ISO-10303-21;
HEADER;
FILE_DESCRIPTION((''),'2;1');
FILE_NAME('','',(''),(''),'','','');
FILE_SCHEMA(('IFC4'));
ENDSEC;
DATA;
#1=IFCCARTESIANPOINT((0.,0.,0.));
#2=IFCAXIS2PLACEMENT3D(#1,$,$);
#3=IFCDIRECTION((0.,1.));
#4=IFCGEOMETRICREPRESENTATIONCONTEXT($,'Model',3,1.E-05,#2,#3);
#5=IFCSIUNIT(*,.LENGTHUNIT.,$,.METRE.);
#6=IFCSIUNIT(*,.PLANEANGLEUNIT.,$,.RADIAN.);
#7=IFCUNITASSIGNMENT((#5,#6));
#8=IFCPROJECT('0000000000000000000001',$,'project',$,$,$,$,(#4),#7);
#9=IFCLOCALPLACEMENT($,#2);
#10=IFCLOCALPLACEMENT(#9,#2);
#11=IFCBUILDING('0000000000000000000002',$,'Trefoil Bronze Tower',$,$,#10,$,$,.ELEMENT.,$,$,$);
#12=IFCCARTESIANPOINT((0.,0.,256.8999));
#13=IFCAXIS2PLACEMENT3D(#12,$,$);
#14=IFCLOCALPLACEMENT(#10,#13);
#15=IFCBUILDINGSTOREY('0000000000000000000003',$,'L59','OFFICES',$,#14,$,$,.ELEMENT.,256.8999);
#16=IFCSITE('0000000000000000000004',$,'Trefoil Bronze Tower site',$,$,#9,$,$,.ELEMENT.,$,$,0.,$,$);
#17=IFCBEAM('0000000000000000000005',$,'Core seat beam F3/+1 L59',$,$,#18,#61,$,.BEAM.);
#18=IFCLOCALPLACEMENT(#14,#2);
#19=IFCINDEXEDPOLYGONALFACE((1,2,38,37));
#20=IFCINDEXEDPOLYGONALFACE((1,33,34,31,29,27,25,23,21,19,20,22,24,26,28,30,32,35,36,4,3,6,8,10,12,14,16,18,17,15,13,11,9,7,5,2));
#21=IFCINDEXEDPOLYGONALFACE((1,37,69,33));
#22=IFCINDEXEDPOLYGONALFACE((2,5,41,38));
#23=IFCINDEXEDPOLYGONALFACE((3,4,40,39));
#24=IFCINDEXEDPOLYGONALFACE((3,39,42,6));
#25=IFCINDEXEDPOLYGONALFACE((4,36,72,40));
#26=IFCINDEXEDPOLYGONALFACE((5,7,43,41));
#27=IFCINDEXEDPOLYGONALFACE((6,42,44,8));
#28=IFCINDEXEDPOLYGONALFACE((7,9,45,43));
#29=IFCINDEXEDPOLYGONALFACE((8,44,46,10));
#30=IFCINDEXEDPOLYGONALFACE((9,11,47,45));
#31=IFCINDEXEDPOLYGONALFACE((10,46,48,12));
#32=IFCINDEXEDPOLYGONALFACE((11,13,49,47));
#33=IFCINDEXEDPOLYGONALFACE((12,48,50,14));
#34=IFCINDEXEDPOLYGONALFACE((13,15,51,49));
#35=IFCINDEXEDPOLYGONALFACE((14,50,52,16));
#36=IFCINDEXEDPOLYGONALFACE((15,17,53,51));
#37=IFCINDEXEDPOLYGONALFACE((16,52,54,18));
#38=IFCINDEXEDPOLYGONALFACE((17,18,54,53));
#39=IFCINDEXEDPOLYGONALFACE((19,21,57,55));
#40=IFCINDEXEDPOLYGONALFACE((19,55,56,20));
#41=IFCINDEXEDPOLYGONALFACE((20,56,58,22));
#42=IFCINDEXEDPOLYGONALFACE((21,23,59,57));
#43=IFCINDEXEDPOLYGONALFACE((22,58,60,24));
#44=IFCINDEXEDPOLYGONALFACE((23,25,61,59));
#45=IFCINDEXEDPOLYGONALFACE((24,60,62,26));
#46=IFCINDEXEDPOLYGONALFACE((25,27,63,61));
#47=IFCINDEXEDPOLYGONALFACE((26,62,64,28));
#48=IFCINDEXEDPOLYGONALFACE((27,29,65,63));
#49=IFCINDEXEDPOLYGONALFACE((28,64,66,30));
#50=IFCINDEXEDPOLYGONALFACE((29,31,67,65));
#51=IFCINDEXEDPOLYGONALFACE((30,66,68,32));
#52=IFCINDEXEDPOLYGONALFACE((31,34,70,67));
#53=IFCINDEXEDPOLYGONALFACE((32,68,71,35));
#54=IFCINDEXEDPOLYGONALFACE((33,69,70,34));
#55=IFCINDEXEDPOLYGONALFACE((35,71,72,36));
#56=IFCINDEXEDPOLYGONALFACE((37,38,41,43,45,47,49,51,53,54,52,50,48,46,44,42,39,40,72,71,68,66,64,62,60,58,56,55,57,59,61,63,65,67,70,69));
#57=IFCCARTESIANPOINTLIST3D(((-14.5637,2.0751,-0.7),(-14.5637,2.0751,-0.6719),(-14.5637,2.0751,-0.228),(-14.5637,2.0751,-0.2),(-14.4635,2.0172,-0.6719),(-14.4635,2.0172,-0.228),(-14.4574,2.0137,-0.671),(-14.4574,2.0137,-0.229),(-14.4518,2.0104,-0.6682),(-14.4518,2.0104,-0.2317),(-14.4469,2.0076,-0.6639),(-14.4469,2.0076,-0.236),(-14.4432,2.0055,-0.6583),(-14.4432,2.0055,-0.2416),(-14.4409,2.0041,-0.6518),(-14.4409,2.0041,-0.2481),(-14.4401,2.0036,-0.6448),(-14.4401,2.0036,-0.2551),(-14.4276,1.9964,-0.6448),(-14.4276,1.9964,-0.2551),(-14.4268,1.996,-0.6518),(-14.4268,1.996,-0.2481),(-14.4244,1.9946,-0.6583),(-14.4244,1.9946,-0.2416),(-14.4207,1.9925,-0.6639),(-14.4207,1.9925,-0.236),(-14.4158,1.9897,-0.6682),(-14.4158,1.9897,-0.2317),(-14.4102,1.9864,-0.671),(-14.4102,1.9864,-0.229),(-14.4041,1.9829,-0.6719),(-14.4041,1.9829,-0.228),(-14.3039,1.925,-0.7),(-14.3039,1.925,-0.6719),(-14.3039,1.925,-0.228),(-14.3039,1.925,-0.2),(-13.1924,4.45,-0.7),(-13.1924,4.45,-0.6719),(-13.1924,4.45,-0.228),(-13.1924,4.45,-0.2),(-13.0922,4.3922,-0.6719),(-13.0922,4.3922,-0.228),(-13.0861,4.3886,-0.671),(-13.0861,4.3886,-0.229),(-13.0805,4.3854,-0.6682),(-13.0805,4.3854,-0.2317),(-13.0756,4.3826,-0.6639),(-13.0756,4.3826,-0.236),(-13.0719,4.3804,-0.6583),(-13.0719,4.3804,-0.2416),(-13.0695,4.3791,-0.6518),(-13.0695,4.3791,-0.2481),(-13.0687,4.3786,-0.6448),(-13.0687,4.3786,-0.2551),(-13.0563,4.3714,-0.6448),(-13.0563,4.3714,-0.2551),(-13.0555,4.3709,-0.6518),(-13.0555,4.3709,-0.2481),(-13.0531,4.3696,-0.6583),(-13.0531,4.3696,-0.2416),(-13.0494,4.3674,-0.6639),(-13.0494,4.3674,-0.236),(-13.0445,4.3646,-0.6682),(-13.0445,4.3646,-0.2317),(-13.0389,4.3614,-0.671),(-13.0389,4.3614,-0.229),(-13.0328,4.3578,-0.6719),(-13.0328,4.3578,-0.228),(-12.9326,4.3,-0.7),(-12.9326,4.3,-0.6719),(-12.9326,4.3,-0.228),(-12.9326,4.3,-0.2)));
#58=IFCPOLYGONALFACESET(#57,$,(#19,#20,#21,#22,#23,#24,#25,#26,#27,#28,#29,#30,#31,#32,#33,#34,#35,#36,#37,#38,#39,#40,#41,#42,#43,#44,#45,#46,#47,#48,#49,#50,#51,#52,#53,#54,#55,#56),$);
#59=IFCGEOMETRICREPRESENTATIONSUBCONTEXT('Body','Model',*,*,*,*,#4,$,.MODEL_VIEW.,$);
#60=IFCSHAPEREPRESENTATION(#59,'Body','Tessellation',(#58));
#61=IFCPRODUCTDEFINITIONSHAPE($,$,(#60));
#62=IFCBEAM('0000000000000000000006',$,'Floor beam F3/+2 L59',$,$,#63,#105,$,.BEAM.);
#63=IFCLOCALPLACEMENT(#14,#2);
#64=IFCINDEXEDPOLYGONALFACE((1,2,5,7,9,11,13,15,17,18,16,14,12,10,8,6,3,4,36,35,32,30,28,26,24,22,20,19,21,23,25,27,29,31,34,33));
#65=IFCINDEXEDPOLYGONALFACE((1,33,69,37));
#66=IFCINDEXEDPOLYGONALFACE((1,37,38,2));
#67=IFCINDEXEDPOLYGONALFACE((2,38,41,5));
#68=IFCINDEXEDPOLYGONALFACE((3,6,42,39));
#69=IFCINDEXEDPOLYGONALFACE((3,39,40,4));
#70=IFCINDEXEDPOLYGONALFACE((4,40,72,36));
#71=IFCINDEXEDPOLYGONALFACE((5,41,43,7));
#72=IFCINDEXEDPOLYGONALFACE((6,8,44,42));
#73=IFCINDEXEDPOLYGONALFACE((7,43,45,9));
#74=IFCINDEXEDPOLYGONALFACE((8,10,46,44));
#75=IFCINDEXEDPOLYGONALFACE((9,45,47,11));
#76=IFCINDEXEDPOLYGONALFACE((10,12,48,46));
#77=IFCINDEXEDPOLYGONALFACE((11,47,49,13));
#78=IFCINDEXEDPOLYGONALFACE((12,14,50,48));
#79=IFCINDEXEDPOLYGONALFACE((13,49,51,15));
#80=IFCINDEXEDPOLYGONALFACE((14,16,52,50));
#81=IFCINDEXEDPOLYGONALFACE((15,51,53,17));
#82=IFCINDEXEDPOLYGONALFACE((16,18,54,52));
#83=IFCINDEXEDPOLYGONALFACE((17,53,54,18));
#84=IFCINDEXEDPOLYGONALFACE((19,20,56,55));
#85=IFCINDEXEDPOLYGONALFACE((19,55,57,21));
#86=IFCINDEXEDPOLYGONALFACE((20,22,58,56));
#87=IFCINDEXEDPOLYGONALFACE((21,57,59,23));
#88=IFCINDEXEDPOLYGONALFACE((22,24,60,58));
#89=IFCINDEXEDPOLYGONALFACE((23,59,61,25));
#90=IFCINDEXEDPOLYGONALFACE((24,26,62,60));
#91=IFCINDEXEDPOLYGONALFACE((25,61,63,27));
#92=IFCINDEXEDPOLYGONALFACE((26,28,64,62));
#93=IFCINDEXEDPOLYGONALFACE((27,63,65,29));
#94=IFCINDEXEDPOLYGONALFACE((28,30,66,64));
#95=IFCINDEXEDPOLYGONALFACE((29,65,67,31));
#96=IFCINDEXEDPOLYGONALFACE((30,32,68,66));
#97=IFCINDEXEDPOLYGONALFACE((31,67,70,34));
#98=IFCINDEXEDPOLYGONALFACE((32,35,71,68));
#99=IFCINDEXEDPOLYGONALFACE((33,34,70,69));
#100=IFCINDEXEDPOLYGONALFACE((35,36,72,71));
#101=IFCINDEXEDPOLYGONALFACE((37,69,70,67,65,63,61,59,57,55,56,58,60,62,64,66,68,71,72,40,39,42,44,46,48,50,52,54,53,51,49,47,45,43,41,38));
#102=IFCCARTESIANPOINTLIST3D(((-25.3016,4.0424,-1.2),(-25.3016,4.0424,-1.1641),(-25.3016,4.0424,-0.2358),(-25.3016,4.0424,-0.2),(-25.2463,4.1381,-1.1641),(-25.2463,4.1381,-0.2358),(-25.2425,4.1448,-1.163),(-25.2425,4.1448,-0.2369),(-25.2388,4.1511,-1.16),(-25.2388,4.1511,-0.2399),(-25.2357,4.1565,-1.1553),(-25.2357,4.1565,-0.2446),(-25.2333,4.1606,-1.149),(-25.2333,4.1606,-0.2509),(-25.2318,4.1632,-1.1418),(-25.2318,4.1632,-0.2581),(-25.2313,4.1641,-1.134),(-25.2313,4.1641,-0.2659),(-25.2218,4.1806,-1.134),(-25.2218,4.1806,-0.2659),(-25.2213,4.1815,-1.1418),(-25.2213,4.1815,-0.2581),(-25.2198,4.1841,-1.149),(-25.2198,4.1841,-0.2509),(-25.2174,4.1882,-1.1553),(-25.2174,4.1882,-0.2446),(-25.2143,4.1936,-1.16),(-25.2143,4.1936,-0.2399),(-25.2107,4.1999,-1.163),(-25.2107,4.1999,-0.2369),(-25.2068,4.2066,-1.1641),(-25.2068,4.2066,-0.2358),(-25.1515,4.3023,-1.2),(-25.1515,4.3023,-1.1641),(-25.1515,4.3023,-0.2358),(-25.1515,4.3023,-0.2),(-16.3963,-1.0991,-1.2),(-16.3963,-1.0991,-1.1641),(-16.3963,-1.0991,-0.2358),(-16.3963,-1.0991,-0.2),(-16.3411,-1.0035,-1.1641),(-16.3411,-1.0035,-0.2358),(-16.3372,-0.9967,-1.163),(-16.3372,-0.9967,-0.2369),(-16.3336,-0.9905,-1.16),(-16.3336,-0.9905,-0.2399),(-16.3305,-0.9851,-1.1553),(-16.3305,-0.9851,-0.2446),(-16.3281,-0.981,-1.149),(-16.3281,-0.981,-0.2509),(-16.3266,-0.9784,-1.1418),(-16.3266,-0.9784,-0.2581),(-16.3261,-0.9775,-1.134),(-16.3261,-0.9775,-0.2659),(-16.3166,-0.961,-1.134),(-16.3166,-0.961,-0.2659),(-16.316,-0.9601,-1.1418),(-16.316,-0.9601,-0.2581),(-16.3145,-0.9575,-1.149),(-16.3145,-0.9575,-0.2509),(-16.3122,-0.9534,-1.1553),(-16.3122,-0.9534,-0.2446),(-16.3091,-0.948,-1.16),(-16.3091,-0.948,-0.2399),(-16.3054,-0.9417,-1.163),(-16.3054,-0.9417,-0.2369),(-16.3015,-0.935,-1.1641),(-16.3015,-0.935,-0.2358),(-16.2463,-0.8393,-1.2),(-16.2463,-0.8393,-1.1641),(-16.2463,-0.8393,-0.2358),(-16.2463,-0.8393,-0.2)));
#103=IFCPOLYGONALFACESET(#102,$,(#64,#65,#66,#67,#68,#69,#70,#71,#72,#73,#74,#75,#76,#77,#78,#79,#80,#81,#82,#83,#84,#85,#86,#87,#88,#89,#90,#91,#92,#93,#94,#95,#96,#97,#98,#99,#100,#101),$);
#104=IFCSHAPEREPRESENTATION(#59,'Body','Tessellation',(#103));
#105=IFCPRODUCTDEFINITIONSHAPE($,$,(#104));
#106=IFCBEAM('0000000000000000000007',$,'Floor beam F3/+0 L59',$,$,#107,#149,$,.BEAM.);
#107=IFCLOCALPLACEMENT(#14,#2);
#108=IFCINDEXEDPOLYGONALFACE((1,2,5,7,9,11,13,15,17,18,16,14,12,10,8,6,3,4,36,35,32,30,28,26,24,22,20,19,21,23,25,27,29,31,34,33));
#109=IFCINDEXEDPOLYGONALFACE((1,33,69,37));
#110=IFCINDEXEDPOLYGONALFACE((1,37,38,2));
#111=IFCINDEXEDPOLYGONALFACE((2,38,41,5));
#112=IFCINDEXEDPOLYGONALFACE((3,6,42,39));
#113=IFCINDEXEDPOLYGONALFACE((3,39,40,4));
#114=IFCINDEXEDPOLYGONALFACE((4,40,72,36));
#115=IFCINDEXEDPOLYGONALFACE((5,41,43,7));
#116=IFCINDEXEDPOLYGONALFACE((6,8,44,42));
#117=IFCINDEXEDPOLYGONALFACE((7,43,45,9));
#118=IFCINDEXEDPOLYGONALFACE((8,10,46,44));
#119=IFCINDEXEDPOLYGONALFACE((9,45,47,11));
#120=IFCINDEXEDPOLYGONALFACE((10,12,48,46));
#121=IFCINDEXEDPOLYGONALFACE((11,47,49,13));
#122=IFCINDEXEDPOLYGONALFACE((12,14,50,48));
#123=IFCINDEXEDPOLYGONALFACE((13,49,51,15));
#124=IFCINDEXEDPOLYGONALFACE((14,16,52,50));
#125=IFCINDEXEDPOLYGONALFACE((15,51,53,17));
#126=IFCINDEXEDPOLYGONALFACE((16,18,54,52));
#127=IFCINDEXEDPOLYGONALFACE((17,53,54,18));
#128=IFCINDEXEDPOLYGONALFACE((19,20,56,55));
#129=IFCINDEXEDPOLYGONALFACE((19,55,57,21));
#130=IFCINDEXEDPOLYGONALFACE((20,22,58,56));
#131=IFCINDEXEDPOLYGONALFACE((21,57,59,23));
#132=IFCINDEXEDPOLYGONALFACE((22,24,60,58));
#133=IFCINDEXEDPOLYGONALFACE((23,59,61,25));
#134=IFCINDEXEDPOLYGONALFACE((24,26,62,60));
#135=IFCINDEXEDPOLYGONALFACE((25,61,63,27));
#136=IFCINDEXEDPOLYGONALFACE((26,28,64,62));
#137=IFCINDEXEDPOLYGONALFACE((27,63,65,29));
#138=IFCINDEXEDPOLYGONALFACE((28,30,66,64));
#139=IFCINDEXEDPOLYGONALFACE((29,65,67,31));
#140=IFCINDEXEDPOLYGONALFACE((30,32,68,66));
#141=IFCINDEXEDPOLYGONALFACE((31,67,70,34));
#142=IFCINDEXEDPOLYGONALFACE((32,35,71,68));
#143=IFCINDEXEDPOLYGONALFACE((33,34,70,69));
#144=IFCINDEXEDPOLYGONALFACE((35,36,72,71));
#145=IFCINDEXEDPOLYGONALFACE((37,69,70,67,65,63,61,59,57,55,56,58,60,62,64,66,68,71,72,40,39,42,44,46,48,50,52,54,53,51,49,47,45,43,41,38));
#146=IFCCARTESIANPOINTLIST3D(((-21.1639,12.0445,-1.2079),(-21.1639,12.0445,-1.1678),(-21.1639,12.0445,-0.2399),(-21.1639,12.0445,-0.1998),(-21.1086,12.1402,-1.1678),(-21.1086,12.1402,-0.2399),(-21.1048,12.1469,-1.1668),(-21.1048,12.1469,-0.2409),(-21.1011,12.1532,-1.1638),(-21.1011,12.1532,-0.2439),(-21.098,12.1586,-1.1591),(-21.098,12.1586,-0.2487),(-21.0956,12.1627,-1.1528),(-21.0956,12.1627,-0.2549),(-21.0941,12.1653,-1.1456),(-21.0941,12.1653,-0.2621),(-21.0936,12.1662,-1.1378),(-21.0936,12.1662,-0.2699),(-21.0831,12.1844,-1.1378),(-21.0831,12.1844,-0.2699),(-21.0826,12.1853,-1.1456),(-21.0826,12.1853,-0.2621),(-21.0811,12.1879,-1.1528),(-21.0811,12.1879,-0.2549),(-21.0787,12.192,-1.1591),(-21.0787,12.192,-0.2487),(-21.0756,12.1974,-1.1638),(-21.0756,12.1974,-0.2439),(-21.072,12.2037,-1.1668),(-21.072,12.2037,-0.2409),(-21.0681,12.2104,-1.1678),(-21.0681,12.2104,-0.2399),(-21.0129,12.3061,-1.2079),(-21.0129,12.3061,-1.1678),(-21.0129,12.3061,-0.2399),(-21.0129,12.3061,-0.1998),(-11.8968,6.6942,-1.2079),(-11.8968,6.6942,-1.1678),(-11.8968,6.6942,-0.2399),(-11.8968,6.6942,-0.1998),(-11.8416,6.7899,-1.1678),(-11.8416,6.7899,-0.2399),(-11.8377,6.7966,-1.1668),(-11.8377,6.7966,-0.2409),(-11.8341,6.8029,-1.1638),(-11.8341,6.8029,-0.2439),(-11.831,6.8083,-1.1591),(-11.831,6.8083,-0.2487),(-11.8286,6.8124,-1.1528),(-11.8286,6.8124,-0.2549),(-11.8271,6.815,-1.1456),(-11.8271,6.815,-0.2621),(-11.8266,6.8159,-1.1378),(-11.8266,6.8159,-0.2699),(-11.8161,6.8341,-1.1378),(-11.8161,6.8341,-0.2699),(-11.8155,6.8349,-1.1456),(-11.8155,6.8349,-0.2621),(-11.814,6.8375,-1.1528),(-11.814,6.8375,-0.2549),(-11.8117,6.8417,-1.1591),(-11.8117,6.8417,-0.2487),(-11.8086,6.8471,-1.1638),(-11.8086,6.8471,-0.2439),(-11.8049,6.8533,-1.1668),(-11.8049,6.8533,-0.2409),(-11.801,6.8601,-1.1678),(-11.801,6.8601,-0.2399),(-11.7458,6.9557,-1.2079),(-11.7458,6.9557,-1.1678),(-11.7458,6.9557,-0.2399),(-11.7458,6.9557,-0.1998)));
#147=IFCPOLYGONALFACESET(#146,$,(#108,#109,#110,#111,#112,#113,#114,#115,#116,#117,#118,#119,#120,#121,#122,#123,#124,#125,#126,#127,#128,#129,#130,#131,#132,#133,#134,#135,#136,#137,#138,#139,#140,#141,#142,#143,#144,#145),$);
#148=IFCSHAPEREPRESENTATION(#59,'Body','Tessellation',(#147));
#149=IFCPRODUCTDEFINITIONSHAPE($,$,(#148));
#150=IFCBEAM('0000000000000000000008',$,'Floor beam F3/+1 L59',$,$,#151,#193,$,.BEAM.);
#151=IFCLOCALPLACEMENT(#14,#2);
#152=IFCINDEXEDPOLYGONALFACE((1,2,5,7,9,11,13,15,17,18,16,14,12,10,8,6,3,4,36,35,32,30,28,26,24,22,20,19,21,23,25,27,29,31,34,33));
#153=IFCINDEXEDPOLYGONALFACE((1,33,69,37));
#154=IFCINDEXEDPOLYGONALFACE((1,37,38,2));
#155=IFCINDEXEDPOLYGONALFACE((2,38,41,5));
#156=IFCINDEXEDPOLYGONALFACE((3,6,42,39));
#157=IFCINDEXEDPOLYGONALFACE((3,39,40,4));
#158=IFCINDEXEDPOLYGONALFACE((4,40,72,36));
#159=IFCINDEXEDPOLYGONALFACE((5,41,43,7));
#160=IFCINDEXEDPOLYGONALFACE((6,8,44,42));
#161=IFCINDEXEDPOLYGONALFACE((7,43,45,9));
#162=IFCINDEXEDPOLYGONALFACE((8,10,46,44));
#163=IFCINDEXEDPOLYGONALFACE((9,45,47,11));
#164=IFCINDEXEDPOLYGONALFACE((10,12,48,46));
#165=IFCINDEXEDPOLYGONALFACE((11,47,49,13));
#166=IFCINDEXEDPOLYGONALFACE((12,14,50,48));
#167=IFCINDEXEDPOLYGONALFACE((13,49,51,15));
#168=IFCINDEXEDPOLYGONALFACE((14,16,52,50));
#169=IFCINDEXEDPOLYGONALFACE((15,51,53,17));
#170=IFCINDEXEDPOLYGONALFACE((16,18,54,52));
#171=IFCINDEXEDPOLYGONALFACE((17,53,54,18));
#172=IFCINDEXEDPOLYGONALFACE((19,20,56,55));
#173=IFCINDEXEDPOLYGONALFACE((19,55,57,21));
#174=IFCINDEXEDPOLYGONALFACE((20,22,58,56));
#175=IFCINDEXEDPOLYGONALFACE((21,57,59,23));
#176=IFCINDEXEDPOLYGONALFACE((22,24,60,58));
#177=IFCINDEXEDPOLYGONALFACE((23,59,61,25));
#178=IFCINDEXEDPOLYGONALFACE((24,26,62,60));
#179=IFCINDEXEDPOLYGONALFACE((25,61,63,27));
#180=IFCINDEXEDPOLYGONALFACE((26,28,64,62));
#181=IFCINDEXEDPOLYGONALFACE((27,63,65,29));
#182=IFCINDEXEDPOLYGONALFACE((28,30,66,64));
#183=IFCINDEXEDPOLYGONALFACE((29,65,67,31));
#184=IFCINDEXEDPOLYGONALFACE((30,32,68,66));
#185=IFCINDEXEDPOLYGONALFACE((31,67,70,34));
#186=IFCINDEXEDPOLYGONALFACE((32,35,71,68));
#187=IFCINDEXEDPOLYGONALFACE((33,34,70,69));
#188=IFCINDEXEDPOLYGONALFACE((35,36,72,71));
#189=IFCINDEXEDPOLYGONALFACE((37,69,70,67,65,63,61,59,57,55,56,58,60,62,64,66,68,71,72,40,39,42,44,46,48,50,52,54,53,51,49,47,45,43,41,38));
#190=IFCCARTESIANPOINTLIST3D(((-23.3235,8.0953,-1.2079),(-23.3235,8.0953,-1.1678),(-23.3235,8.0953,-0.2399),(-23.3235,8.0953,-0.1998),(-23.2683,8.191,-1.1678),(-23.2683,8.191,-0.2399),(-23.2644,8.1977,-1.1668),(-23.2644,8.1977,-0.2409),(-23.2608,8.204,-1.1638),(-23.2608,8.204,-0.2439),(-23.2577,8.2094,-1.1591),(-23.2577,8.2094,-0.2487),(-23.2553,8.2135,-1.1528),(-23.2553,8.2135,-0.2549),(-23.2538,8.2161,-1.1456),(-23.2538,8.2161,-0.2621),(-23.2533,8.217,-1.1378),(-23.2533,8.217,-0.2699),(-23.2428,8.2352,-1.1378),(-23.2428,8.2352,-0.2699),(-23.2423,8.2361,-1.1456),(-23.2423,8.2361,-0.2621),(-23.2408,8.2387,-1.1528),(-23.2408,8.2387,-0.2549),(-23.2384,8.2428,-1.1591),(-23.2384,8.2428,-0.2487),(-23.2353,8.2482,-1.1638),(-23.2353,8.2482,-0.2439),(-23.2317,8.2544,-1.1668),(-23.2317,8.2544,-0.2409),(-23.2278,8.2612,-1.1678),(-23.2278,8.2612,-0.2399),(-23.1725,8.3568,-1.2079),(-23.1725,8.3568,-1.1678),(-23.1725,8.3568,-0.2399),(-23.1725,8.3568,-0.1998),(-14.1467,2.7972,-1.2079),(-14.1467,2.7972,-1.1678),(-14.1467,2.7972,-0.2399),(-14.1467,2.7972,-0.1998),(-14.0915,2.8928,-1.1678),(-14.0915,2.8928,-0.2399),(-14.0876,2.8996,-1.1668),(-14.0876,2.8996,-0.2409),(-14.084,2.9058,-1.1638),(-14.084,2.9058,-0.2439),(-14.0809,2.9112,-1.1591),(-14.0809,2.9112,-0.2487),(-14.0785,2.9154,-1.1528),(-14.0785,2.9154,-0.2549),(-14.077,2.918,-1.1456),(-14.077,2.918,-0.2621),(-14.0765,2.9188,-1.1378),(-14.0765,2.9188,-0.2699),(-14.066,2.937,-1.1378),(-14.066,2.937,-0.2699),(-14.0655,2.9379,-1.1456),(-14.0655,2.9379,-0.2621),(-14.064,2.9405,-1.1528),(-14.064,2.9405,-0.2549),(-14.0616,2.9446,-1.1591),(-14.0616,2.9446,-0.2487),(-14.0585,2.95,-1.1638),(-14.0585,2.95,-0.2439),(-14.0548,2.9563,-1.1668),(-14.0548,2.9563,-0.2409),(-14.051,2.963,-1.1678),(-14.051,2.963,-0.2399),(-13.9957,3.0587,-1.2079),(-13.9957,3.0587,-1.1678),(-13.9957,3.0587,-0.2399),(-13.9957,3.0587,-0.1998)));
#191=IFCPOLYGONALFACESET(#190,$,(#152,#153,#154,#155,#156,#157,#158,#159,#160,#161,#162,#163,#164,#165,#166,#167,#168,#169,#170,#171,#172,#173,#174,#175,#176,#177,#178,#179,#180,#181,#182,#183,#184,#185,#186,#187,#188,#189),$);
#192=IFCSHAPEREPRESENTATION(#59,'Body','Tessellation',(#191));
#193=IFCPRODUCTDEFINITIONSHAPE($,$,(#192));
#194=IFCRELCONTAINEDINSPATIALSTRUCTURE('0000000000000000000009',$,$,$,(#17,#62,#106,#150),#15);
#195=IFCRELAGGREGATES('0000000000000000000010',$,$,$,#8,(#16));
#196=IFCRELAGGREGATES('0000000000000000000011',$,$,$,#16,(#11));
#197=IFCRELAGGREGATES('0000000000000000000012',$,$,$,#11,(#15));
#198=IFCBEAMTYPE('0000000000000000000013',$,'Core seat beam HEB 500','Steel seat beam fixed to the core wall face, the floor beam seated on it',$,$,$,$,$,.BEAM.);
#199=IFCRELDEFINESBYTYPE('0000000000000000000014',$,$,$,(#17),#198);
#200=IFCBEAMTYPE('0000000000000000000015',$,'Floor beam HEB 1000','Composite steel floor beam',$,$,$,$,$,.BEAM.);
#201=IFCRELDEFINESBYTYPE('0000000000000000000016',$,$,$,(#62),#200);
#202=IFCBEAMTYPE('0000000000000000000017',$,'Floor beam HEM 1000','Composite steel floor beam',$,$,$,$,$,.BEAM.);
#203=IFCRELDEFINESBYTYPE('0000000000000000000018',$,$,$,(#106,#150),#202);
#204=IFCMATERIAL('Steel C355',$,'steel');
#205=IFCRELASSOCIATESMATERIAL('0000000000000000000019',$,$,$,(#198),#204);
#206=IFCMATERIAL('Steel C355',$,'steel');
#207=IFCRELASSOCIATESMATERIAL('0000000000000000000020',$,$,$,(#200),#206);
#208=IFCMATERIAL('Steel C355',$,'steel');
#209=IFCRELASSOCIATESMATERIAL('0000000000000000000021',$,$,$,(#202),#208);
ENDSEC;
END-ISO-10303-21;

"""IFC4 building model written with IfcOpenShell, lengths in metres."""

from ifc_helpers import new_model, si_unit, direction, frame, origin, origin_2d, place, context, subcontext, project, spatial, i_section, extrude, material, material_profile, profile_set, type_object, element, save


model = new_model("IFC4")

# Units and contexts
model_context = context("Model", 3, precision=1e-05, world=origin(), true_north=direction((0.0, 1.0)))
body_context = subcontext(model_context, "Body", "Model", "MODEL_VIEW")
ifc_project = project(units=[si_unit("LENGTHUNIT", "METRE"), si_unit("PLANEANGLEUNIT", "RADIAN")], contexts=[model_context])

# Site, building, storey
site_placement = place(None, origin())
site = spatial("IfcSite", under=ifc_project, at=site_placement, Name="Trefoil Bronze Tower site", CompositionType="ELEMENT", RefElevation=0.0)
building_placement = place(site_placement, origin())
building = spatial("IfcBuilding", under=site, at=building_placement, Name="Trefoil Bronze Tower", CompositionType="ELEMENT")
storey_placement = place(building_placement, frame((0.0, 0.0, 256.8999)))
storey = spatial("IfcBuildingStorey", under=building, at=storey_placement, Name="L59", Description="OFFICES", CompositionType="ELEMENT", Elevation=256.8999)

# Beams
ifc_material_1 = material(Name="Steel C355", Category="steel")
ifc_material_profile_1 = material_profile(ifc_material_1, i_section(OverallWidth=0.3, OverallDepth=0.5, WebThickness=0.0144, FlangeThickness=0.0281, FilletRadius=0.0271, at=origin_2d()), Name="HEB 500")
ifc_profile_set_1 = profile_set([ifc_material_profile_1], Name="Steel C355")
beam_type_1 = type_object("IfcBeamType", Name="Core seat beam HEB 500", Description="Steel seat beam fixed to the core wall face, the floor beam seated on it", PredefinedType="BEAM", material=ifc_profile_set_1)
for number, where, z_axis, x_axis, name in (
    (1, (-13.0625, 4.375, -0.45), (-0.500036, -0.866005, 0.0), (0.866005, -0.500036, 0.0), "Core seat beam F3/+1 L59"),
):
    element("IfcBeam", number, at=place(storey_placement, frame(where, z_axis=z_axis, x_axis=x_axis)), inside=storey, type_object=beam_type_1, Name=name, PredefinedType="BEAM", context=body_context, shape_type="SweptSolid", body=[
        extrude(i_section(OverallWidth=0.3, OverallDepth=0.5, WebThickness=0.0144, FlangeThickness=0.0281, FilletRadius=0.0271, at=origin_2d()), origin(), (0.0, 0.0, 1.0), 2.7424),
    ])
ifc_material_2 = material(Name="Steel C355", Category="steel")
ifc_material_profile_2 = material_profile(ifc_material_2, i_section(OverallWidth=0.3, OverallDepth=1.0, WebThickness=0.019, FlangeThickness=0.0359, FilletRadius=0.03, at=origin_2d()), Name="HEB 1000")
ifc_profile_set_2 = profile_set([ifc_material_profile_2], Name="Steel C355")
beam_type_2 = type_object("IfcBeamType", Name="Floor beam HEB 1000", Description="Composite steel floor beam", PredefinedType="BEAM", material=ifc_profile_set_2)
beam_1_placement = place(storey_placement, frame((-25.2266, 4.1724, -0.7), z_axis=(0.86602, -0.50001, 0.0), x_axis=(0.50001, 0.86602, 0.0)))
element("IfcBeam", 2, at=beam_1_placement, inside=storey, type_object=beam_type_2, Name="Floor beam F3/+2 L59", PredefinedType="BEAM", context=body_context, shape_type="SweptSolid", body=[
    extrude(i_section(OverallWidth=0.3, OverallDepth=1.0, WebThickness=0.019, FlangeThickness=0.0359, FilletRadius=0.03, at=origin_2d()), origin(), (0.0, 0.0, 1.0), 10.283),
])
ifc_material_3 = material(Name="Steel C355", Category="steel")
ifc_material_profile_3 = material_profile(ifc_material_3, i_section(OverallWidth=0.302, OverallDepth=1.0081, WebThickness=0.021, FlangeThickness=0.04, FilletRadius=0.03, at=origin_2d()), Name="HEM 1000")
ifc_profile_set_3 = profile_set([ifc_material_profile_3], Name="Steel C355")
beam_type_3 = type_object("IfcBeamType", Name="Floor beam HEM 1000", Description="Composite steel floor beam", PredefinedType="BEAM", material=ifc_profile_set_3)
beam_2_placement = place(storey_placement, frame((-21.0884, 12.1753, -0.7039), z_axis=(0.866026, -0.499999, 0.0), x_axis=(0.499999, 0.866026, 0.0)))
element("IfcBeam", 3, at=beam_2_placement, inside=storey, type_object=beam_type_3, Name="Floor beam F3/+0 L59", PredefinedType="BEAM", context=body_context, shape_type="SweptSolid", body=[
    extrude(i_section(OverallWidth=0.302, OverallDepth=1.0081, WebThickness=0.021, FlangeThickness=0.04, FilletRadius=0.03, at=origin_2d()), origin(), (0.0, 0.0, 1.0), 10.7007),
])
beam_3_placement = place(storey_placement, frame((-23.248, 8.2261, -0.7039), z_axis=(0.86603, -0.499992, 0.0), x_axis=(0.499992, 0.86603, 0.0)))
element("IfcBeam", 4, at=beam_3_placement, inside=storey, type_object=beam_type_3, Name="Floor beam F3/+1 L59", PredefinedType="BEAM", context=body_context, shape_type="SweptSolid", body=[
    extrude(i_section(OverallWidth=0.302, OverallDepth=1.0081, WebThickness=0.021, FlangeThickness=0.04, FilletRadius=0.03, at=origin_2d()), origin(), (0.0, 0.0, 1.0), 10.5964),
])

save(model, "model.ifc")
